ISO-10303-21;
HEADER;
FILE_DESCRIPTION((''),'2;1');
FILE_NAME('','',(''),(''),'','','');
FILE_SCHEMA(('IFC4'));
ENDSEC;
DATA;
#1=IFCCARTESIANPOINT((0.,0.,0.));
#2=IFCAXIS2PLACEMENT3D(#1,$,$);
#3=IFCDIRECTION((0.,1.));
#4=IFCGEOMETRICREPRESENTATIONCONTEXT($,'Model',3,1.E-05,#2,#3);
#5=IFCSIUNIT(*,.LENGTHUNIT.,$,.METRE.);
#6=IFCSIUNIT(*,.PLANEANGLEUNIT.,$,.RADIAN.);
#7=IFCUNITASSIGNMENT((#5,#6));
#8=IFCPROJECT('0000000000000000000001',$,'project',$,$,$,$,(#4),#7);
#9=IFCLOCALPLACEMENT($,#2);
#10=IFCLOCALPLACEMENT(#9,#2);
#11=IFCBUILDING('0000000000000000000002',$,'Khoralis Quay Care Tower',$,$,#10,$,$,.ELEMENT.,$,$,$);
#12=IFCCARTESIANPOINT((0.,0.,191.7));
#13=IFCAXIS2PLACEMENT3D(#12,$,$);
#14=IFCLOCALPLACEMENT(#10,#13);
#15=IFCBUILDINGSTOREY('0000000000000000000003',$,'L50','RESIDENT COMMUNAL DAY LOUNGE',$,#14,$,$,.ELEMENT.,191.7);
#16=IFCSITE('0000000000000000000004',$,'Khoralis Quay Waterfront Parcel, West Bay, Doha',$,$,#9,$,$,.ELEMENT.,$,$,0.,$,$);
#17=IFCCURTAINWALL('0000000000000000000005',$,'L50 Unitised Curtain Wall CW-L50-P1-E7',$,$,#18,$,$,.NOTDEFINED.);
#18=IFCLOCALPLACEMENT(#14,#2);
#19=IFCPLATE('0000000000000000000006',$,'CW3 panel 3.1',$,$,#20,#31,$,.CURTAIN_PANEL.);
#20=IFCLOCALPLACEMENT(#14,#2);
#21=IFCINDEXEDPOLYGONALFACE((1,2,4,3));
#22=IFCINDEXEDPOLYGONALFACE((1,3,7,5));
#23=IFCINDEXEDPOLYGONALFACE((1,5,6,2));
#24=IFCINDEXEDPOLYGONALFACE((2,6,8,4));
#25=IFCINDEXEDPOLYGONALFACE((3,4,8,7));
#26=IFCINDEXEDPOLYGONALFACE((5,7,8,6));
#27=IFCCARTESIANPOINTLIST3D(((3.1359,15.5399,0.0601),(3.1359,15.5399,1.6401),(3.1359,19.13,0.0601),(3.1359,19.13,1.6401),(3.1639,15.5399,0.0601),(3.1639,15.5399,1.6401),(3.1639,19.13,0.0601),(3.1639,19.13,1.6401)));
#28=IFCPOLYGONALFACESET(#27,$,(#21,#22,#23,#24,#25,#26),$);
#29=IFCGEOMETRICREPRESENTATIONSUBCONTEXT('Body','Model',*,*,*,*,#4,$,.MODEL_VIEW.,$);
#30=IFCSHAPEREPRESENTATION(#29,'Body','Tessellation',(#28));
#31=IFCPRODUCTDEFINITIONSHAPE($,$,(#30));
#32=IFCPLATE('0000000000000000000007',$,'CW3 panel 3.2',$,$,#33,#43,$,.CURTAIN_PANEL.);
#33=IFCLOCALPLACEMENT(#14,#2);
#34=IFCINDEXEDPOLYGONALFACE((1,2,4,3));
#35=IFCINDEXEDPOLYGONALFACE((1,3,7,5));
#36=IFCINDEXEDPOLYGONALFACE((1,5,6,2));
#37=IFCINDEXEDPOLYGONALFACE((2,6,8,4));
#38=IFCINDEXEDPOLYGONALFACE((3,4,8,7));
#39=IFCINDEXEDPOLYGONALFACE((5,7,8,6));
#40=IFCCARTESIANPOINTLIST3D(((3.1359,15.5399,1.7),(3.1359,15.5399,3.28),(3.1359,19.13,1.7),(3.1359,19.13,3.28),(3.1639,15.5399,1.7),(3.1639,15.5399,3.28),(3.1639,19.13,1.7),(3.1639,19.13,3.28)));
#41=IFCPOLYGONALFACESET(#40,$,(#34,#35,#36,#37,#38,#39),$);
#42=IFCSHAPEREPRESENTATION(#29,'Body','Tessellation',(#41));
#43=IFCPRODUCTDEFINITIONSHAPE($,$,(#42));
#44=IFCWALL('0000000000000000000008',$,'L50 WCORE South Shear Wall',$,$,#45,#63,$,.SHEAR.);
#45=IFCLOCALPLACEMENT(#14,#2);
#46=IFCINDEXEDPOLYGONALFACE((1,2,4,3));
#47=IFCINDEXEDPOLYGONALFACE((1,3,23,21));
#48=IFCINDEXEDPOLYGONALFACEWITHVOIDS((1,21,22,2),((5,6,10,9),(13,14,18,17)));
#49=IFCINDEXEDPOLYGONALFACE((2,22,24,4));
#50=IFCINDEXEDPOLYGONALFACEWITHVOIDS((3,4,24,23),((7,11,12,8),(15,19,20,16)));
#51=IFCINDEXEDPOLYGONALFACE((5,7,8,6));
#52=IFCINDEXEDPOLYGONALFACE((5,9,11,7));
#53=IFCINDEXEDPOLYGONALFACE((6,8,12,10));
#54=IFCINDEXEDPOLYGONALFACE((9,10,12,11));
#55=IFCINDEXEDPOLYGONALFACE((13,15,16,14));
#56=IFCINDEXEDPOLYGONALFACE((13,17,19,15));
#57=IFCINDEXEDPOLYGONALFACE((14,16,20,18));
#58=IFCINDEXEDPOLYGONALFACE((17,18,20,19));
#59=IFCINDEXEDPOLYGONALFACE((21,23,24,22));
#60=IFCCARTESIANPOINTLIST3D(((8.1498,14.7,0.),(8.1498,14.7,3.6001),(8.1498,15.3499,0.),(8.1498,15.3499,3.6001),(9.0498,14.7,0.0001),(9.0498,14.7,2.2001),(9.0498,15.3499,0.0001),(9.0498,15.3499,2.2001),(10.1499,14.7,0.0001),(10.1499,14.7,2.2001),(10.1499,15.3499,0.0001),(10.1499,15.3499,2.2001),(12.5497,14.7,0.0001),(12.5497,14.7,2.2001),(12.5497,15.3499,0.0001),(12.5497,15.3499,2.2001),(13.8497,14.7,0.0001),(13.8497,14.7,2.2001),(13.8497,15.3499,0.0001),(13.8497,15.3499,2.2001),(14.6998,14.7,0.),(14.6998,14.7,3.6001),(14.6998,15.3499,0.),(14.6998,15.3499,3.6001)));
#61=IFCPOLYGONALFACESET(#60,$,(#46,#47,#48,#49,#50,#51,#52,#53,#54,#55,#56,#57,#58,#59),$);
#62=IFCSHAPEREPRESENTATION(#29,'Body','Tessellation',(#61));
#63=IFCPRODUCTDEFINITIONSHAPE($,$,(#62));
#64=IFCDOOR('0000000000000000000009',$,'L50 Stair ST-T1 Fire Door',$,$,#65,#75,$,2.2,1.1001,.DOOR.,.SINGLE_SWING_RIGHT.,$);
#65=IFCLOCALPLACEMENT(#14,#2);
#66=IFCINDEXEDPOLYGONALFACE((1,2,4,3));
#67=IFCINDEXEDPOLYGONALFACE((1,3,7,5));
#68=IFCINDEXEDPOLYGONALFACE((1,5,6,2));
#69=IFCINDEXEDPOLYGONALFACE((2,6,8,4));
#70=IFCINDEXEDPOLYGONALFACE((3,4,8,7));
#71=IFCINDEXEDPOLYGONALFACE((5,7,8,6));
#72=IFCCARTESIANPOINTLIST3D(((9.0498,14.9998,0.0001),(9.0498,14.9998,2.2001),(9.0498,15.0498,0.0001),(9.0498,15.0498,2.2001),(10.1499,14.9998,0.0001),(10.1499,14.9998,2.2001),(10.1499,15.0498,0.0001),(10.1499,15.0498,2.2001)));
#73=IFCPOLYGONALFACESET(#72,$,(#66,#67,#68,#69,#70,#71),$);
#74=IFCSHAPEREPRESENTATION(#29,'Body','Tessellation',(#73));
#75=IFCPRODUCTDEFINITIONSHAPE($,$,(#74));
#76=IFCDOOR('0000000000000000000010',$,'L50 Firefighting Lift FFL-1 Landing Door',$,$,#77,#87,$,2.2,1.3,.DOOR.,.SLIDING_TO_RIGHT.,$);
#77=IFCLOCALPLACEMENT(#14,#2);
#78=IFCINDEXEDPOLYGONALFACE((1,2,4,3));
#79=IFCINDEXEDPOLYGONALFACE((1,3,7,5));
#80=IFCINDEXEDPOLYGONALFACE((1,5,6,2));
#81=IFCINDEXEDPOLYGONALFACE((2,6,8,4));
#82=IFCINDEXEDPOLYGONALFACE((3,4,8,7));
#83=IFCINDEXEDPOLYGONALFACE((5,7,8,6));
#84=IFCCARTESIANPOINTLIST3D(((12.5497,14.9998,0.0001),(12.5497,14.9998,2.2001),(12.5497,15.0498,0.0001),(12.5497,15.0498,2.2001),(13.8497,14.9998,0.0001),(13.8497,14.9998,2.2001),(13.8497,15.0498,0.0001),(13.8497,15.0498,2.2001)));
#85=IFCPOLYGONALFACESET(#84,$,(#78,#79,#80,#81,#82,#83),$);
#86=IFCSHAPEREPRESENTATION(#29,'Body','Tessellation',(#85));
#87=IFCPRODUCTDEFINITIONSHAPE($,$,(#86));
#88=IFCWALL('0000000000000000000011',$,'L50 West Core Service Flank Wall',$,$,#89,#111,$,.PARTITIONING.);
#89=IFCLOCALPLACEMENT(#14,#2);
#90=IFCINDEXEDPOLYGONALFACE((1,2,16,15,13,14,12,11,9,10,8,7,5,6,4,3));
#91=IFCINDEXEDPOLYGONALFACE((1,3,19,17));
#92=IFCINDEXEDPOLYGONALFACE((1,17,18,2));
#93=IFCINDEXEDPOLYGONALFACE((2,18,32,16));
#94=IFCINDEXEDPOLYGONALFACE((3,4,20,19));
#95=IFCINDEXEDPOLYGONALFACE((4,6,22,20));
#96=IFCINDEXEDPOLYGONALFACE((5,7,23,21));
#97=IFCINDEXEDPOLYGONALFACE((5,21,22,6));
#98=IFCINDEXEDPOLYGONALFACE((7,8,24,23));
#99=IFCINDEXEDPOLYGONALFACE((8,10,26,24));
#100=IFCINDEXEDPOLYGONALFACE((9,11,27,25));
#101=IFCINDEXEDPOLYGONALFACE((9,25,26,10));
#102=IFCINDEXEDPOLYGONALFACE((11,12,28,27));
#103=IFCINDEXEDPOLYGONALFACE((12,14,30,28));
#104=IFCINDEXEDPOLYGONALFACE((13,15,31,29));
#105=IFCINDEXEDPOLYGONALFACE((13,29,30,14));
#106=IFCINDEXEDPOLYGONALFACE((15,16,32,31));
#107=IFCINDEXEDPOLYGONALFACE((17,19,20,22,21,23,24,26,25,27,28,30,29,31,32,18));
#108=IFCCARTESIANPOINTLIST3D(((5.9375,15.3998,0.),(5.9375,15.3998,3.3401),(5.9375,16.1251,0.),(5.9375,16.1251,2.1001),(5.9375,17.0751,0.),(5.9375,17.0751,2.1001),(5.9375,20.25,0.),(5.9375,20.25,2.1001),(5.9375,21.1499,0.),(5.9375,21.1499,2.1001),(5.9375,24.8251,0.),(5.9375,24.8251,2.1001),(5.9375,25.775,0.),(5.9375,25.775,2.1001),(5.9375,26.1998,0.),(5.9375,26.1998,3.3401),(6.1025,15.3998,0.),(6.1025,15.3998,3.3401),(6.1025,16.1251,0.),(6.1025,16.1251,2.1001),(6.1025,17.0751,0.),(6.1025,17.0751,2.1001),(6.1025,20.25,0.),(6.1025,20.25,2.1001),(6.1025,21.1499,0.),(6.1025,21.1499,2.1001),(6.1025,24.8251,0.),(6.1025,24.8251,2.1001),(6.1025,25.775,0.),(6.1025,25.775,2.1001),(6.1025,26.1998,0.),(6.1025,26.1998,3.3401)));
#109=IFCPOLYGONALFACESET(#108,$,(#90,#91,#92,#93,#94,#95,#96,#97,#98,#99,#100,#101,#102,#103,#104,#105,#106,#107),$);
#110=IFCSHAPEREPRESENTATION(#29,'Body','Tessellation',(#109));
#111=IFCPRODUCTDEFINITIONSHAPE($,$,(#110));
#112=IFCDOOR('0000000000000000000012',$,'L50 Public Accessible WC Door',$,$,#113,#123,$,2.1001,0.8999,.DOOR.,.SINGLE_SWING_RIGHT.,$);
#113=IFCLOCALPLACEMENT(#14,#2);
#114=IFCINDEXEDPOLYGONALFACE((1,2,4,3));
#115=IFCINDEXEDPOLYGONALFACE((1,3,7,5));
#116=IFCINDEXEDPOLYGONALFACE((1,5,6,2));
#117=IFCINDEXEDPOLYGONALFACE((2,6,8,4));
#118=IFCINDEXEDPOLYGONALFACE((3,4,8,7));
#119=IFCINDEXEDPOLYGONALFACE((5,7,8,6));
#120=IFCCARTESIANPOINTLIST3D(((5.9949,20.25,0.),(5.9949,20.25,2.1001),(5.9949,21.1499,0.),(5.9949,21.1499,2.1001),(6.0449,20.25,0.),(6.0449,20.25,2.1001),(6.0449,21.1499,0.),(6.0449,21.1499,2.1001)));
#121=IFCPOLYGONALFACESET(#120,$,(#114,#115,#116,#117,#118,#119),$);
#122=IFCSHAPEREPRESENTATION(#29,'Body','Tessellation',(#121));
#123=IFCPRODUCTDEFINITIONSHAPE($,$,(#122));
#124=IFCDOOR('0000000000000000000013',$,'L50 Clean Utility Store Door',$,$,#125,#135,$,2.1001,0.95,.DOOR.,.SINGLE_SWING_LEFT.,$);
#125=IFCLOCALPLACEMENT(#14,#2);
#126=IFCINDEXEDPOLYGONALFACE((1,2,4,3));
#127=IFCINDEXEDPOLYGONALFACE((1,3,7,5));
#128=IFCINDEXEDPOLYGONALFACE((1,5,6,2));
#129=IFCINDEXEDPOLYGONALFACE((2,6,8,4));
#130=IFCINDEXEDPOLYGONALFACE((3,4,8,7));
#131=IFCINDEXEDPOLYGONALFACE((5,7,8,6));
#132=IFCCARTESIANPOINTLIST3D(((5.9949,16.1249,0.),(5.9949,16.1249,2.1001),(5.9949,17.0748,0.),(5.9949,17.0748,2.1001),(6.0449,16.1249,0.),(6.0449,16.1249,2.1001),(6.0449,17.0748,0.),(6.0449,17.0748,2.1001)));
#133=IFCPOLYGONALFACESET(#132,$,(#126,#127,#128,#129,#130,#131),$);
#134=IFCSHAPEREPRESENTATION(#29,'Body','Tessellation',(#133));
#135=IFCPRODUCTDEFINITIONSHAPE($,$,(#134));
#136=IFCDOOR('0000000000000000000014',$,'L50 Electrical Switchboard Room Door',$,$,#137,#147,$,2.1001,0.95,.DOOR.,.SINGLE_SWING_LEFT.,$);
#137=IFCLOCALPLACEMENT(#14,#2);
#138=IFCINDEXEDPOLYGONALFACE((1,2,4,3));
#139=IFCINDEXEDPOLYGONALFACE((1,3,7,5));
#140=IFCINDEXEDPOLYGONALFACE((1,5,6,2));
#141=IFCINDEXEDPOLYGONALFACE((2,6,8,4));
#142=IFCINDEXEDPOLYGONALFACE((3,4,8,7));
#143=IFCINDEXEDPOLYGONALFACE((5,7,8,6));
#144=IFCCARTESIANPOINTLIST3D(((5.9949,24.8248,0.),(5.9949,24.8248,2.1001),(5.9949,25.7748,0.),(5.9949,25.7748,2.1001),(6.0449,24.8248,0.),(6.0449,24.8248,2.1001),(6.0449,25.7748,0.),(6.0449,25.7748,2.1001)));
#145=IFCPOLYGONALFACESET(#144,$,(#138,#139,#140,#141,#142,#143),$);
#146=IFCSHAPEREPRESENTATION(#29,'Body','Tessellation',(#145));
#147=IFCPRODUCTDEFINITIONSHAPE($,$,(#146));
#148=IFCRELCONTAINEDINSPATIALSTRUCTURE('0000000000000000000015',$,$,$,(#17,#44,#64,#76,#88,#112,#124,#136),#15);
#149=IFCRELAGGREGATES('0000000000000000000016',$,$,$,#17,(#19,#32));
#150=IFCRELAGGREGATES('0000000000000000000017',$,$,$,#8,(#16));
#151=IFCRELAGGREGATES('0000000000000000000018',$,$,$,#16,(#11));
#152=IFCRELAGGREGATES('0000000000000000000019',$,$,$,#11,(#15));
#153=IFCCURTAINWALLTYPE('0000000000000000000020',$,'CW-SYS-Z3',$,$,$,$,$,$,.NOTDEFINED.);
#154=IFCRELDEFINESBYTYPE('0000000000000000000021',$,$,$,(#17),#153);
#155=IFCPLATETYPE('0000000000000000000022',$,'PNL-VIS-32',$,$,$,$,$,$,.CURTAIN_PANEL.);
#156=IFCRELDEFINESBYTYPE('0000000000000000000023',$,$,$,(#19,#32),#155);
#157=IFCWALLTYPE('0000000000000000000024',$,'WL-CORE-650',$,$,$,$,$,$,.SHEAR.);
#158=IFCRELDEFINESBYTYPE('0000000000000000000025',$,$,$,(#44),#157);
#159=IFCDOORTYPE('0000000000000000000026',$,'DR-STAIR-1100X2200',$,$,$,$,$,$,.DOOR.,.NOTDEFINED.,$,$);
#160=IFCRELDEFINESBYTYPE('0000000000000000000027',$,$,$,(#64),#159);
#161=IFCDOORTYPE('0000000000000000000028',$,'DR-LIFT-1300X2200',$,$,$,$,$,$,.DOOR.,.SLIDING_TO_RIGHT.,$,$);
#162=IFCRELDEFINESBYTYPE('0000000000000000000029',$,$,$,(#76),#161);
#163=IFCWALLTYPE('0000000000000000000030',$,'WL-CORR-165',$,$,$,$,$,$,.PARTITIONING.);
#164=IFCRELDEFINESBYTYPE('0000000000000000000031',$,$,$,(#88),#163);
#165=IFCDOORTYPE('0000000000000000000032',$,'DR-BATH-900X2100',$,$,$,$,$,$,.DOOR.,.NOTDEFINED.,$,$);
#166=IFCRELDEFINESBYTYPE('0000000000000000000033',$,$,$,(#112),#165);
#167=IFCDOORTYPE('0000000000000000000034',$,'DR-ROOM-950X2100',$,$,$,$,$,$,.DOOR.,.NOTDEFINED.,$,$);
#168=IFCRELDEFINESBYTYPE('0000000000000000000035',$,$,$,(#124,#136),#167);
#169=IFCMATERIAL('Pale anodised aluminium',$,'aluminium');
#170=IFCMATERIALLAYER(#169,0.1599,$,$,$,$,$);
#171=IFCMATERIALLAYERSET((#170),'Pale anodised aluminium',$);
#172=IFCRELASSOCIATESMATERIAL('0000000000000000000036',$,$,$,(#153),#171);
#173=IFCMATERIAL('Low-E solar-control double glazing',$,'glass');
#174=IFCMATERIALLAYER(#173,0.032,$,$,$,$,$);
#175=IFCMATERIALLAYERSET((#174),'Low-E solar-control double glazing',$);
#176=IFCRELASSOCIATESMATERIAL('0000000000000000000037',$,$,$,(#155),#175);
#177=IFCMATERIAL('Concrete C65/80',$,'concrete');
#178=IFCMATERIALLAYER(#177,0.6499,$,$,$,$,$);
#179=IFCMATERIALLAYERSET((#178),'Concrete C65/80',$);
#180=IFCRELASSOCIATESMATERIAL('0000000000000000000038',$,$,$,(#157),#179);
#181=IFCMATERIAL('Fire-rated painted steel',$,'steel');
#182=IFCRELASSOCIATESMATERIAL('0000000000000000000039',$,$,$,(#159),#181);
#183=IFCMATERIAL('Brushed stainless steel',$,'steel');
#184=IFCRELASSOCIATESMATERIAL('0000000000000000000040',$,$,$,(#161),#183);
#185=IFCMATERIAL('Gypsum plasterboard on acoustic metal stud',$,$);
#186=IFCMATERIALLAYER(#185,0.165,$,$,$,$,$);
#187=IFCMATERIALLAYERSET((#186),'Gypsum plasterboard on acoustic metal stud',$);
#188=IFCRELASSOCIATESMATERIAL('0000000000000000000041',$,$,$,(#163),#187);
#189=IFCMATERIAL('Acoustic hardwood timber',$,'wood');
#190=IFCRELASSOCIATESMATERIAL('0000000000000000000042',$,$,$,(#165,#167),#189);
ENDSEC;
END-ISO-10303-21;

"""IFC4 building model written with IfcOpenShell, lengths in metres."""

from ifc_helpers import new_model, si_unit, direction, frame, frame_2d, origin, origin_2d, place, context, subcontext, project, spatial, rectangle, extrude, source, transform, mapped, material, layer, layer_set, type_object, element, fill, aggregate, save


model = new_model("IFC4")

# Units and contexts
model_context = context("Model", 3, precision=1e-05, world=origin(), true_north=direction((0.0, 1.0)))
body_context = subcontext(model_context, "Body", "Model", "MODEL_VIEW")
ifc_project = project(units=[si_unit("LENGTHUNIT", "METRE"), si_unit("PLANEANGLEUNIT", "RADIAN")], contexts=[model_context])

# Site, building, storey
site_placement = place(None, origin())
site = spatial("IfcSite", under=ifc_project, at=site_placement, Name="Khoralis Quay Waterfront Parcel, West Bay, Doha", CompositionType="ELEMENT", RefElevation=0.0)
building_placement = place(site_placement, origin())
building = spatial("IfcBuilding", under=site, at=building_placement, Name="Khoralis Quay Care Tower", CompositionType="ELEMENT")
storey_placement = place(building_placement, frame((0.0, 0.0, 191.7)))
storey = spatial("IfcBuildingStorey", under=building, at=storey_placement, Name="L50", Description="RESIDENT COMMUNAL DAY LOUNGE", CompositionType="ELEMENT", Elevation=191.7)

# Shared definitions
ifc_material_1 = material(Name="Concrete C65/80", Category="concrete")

# Curtain wall, plates
ifc_material_2 = material(Name="Pale anodised aluminium", Category="aluminium")
ifc_layer_1 = layer(ifc_material_2, 0.1599)
ifc_layer_set_1 = layer_set([ifc_layer_1], Name="Pale anodised aluminium")
curtain_wall_type = type_object("IfcCurtainWallType", Name="CW-SYS-Z3", PredefinedType="NOTDEFINED", material=ifc_layer_set_1)
curtain_wall_placement = place(storey_placement, origin())
curtain_wall = element("IfcCurtainWall", 1, at=curtain_wall_placement, inside=storey, type_object=curtain_wall_type, Name="L50 Unitised Curtain Wall CW-L50-P1-E7", PredefinedType="NOTDEFINED")
ifc_material_3 = material(Name="Low-E solar-control double glazing", Category="glass")
ifc_layer_2 = layer(ifc_material_3, 0.032)
ifc_layer_set_2 = layer_set([ifc_layer_2], Name="Low-E solar-control double glazing")
plate_type = type_object("IfcPlateType", Name="PNL-VIS-32", PredefinedType="CURTAIN_PANEL", material=ifc_layer_set_2)
shared_shape_1 = source(origin(), body_context, "Body", "SweptSolid", [
    extrude(rectangle(XDim=3.5901, YDim=0.0281, at=origin_2d()), origin(), (0.0, 0.0, 1.0), 1.5801),
])
plate_1_placement = place(storey_placement, frame((3.1499, 17.335, 0.0601), z_axis=(0.0, 0.0, 1.0), x_axis=(0.0, -1.0, 0.0)))
plate_1 = element("IfcPlate", 2, at=plate_1_placement, type_object=plate_type, Name="CW3 panel 3.1", PredefinedType="CURTAIN_PANEL", context=body_context, shape_type="MappedRepresentation", body=[
    mapped(shared_shape_1, transform((0.0, 0.0, 0.0), scale=1.0)),
])
plate_2_placement = place(storey_placement, frame((3.1499, 17.335, 1.7), z_axis=(0.0, 0.0, 1.0), x_axis=(0.0, -1.0, 0.0)))
plate_2 = element("IfcPlate", 3, at=plate_2_placement, type_object=plate_type, Name="CW3 panel 3.2", PredefinedType="CURTAIN_PANEL", context=body_context, shape_type="MappedRepresentation", body=[
    mapped(shared_shape_1, transform((0.0, 0.0, 0.0), scale=1.0)),
])
aggregate(curtain_wall, [plate_1, plate_2])

# Walls, openings, doors
ifc_layer_3 = layer(ifc_material_1, 0.6499)
ifc_layer_set_3 = layer_set([ifc_layer_3], Name="Concrete C65/80")
wall_type_1 = type_object("IfcWallType", Name="WL-CORE-650", PredefinedType="SHEAR", material=ifc_layer_set_3)
wall_1_placement = place(storey_placement, frame((8.1499, 15.0249, 0.0), z_axis=(0.0, 0.0, 1.0), x_axis=(1.0, 0.0, 0.0)))
wall_1 = element("IfcWall", 4, at=wall_1_placement, inside=storey, type_object=wall_type_1, Name="L50 WCORE South Shear Wall", PredefinedType="SHEAR", context=body_context, shape_type="SweptSolid", body=[
    extrude(rectangle(XDim=6.55, YDim=0.6499, at=frame_2d((3.2749, 0.0))), origin(), (0.0, 0.0, 1.0), 3.6001),
])
opening_1_placement = place(wall_1_placement, frame((0.8999, 0.0, 0.0)))
opening_1 = element("IfcOpeningElement", 5, at=opening_1_placement, cuts=wall_1, PredefinedType="OPENING", context=body_context, shape_type="SweptSolid", body=[
    extrude(rectangle(XDim=1.1001, YDim=2.2, at=frame_2d((0.55, 1.1001))), frame((0.0, 0.335, 0.0), z_axis=(0.0, -1.0, 0.0), x_axis=(1.0, 0.0, 0.0)), (0.0, 0.0, 1.0), 0.6699),
])
opening_2_placement = place(wall_1_placement, frame((4.3999, 0.0, 0.0)))
opening_2 = element("IfcOpeningElement", 6, at=opening_2_placement, cuts=wall_1, PredefinedType="OPENING", context=body_context, shape_type="SweptSolid", body=[
    extrude(rectangle(XDim=1.3, YDim=2.2, at=frame_2d((0.6499, 1.1001))), frame((0.0, 0.335, 0.0), z_axis=(0.0, -1.0, 0.0), x_axis=(1.0, 0.0, 0.0)), (0.0, 0.0, 1.0), 0.6699),
])
ifc_material_4 = material(Name="Fire-rated painted steel", Category="steel")
door_type_1 = type_object("IfcDoorType", Name="DR-STAIR-1100X2200", OperationType="NOTDEFINED", PredefinedType="DOOR", material=ifc_material_4)
shared_shape_2 = source(origin(), body_context, "Body", "SweptSolid", [
    extrude(rectangle(XDim=1.1001, YDim=2.2, at=frame_2d((0.55, 1.1001))), frame((0.0, 0.0249, 0.0), z_axis=(0.0, -1.0, 0.0), x_axis=(1.0, 0.0, 0.0)), (0.0, 0.0, 1.0), 0.05),
])
door_1_placement = place(opening_1_placement, origin())
door_1 = element("IfcDoor", 7, at=door_1_placement, inside=storey, type_object=door_type_1, Name="L50 Stair ST-T1 Fire Door", OperationType="SINGLE_SWING_RIGHT", OverallHeight=2.2, OverallWidth=1.1001, PredefinedType="DOOR", context=body_context, shape_type="MappedRepresentation", body=[
    mapped(shared_shape_2, transform((0.0, 0.0, 0.0), scale=1.0)),
])
fill(opening_1, door_1)
ifc_material_5 = material(Name="Brushed stainless steel", Category="steel")
door_type_2 = type_object("IfcDoorType", Name="DR-LIFT-1300X2200", OperationType="SLIDING_TO_RIGHT", PredefinedType="DOOR", material=ifc_material_5)
shared_shape_3 = source(origin(), body_context, "Body", "SweptSolid", [
    extrude(rectangle(XDim=1.3, YDim=2.2, at=frame_2d((0.6499, 1.1001))), frame((0.0, 0.0249, 0.0), z_axis=(0.0, -1.0, 0.0), x_axis=(1.0, 0.0, 0.0)), (0.0, 0.0, 1.0), 0.05),
])
door_2_placement = place(opening_2_placement, origin())
door_2 = element("IfcDoor", 8, at=door_2_placement, inside=storey, type_object=door_type_2, Name="L50 Firefighting Lift FFL-1 Landing Door", OperationType="SLIDING_TO_RIGHT", OverallHeight=2.2, OverallWidth=1.3, PredefinedType="DOOR", context=body_context, shape_type="MappedRepresentation", body=[
    mapped(shared_shape_3, transform((0.0, 0.0, 0.0), scale=1.0)),
])
fill(opening_2, door_2)
ifc_material_6 = material(Name="Gypsum plasterboard on acoustic metal stud")
ifc_layer_4 = layer(ifc_material_6, 0.165)
ifc_layer_set_4 = layer_set([ifc_layer_4], Name="Gypsum plasterboard on acoustic metal stud")
wall_type_2 = type_object("IfcWallType", Name="WL-CORR-165", PredefinedType="PARTITIONING", material=ifc_layer_set_4)
wall_2_placement = place(storey_placement, frame((6.02, 15.3999, 0.0), z_axis=(0.0, 0.0, 1.0), x_axis=(0.0, 1.0, 0.0)))
wall_2 = element("IfcWall", 9, at=wall_2_placement, inside=storey, type_object=wall_type_2, Name="L50 West Core Service Flank Wall", PredefinedType="PARTITIONING", context=body_context, shape_type="SweptSolid", body=[
    extrude(rectangle(XDim=10.8, YDim=0.165, at=frame_2d((5.3999, 0.0))), origin(), (0.0, 0.0, 1.0), 3.3401),
])
opening_3_placement = place(wall_2_placement, frame((0.7251, 0.0, 0.0)))
opening_3 = element("IfcOpeningElement", 10, at=opening_3_placement, cuts=wall_2, PredefinedType="OPENING", context=body_context, shape_type="SweptSolid", body=[
    extrude(rectangle(XDim=0.95, YDim=2.1001, at=frame_2d((0.4751, 1.05))), frame((0.0, 0.0925, 0.0), z_axis=(0.0, -1.0, 0.0), x_axis=(1.0, 0.0, 0.0)), (0.0, 0.0, 1.0), 0.1851),
])
opening_4_placement = place(wall_2_placement, frame((4.8501, 0.0, 0.0)))
opening_4 = element("IfcOpeningElement", 11, at=opening_4_placement, cuts=wall_2, PredefinedType="OPENING", context=body_context, shape_type="SweptSolid", body=[
    extrude(rectangle(XDim=0.8999, YDim=2.1001, at=frame_2d((0.45, 1.05))), frame((0.0, 0.0925, 0.0), z_axis=(0.0, -1.0, 0.0), x_axis=(1.0, 0.0, 0.0)), (0.0, 0.0, 1.0), 0.1851),
])
opening_5_placement = place(wall_2_placement, frame((9.425, 0.0, 0.0)))
opening_5 = element("IfcOpeningElement", 12, at=opening_5_placement, cuts=wall_2, PredefinedType="OPENING", context=body_context, shape_type="SweptSolid", body=[
    extrude(rectangle(XDim=0.95, YDim=2.1001, at=frame_2d((0.4751, 1.05))), frame((0.0, 0.0925, 0.0), z_axis=(0.0, -1.0, 0.0), x_axis=(1.0, 0.0, 0.0)), (0.0, 0.0, 1.0), 0.1851),
])
ifc_material_7 = material(Name="Acoustic hardwood timber", Category="wood")
door_type_3 = type_object("IfcDoorType", Name="DR-BATH-900X2100", OperationType="NOTDEFINED", PredefinedType="DOOR", material=ifc_material_7)
shared_shape_4 = source(origin(), body_context, "Body", "SweptSolid", [
    extrude(rectangle(XDim=0.8999, YDim=2.1001, at=frame_2d((0.45, 1.05))), frame((0.0, 0.0249, 0.0), z_axis=(0.0, -1.0, 0.0), x_axis=(1.0, 0.0, 0.0)), (0.0, 0.0, 1.0), 0.05),
])
door_3_placement = place(opening_4_placement, frame((0.8999, 0.0, 0.0), z_axis=(0.0, 0.0, 1.0), x_axis=(-1.0, 0.0, 0.0)))
door_3 = element("IfcDoor", 13, at=door_3_placement, inside=storey, type_object=door_type_3, Name="L50 Public Accessible WC Door", OperationType="SINGLE_SWING_RIGHT", OverallHeight=2.1001, OverallWidth=0.8999, PredefinedType="DOOR", context=body_context, shape_type="MappedRepresentation", body=[
    mapped(shared_shape_4, transform((0.0, 0.0, 0.0), scale=1.0)),
])
fill(opening_4, door_3)
door_type_4 = type_object("IfcDoorType", Name="DR-ROOM-950X2100", OperationType="NOTDEFINED", PredefinedType="DOOR", material=ifc_material_7)
shared_shape_5 = source(origin(), body_context, "Body", "SweptSolid", [
    extrude(rectangle(XDim=0.95, YDim=2.1001, at=frame_2d((0.4751, 1.05))), frame((0.0, 0.0249, 0.0), z_axis=(0.0, -1.0, 0.0), x_axis=(1.0, 0.0, 0.0)), (0.0, 0.0, 1.0), 0.05),
])
door_4_placement = place(opening_3_placement, frame((0.95, 0.0, 0.0), z_axis=(0.0, 0.0, 1.0), x_axis=(-1.0, 0.0, 0.0)))
door_4 = element("IfcDoor", 14, at=door_4_placement, inside=storey, type_object=door_type_4, Name="L50 Clean Utility Store Door", OperationType="SINGLE_SWING_LEFT", OverallHeight=2.1001, OverallWidth=0.95, PredefinedType="DOOR", context=body_context, shape_type="MappedRepresentation", body=[
    mapped(shared_shape_5, transform((0.0, 0.0, 0.0), scale=1.0)),
])
fill(opening_3, door_4)
door_5_placement = place(opening_5_placement, frame((0.95, 0.0, 0.0), z_axis=(0.0, 0.0, 1.0), x_axis=(-1.0, 0.0, 0.0)))
door_5 = element("IfcDoor", 15, at=door_5_placement, inside=storey, type_object=door_type_4, Name="L50 Electrical Switchboard Room Door", OperationType="SINGLE_SWING_LEFT", OverallHeight=2.1001, OverallWidth=0.95, PredefinedType="DOOR", context=body_context, shape_type="MappedRepresentation", body=[
    mapped(shared_shape_5, transform((0.0, 0.0, 0.0), scale=1.0)),
])
fill(opening_5, door_5)

save(model, "model.ifc")
